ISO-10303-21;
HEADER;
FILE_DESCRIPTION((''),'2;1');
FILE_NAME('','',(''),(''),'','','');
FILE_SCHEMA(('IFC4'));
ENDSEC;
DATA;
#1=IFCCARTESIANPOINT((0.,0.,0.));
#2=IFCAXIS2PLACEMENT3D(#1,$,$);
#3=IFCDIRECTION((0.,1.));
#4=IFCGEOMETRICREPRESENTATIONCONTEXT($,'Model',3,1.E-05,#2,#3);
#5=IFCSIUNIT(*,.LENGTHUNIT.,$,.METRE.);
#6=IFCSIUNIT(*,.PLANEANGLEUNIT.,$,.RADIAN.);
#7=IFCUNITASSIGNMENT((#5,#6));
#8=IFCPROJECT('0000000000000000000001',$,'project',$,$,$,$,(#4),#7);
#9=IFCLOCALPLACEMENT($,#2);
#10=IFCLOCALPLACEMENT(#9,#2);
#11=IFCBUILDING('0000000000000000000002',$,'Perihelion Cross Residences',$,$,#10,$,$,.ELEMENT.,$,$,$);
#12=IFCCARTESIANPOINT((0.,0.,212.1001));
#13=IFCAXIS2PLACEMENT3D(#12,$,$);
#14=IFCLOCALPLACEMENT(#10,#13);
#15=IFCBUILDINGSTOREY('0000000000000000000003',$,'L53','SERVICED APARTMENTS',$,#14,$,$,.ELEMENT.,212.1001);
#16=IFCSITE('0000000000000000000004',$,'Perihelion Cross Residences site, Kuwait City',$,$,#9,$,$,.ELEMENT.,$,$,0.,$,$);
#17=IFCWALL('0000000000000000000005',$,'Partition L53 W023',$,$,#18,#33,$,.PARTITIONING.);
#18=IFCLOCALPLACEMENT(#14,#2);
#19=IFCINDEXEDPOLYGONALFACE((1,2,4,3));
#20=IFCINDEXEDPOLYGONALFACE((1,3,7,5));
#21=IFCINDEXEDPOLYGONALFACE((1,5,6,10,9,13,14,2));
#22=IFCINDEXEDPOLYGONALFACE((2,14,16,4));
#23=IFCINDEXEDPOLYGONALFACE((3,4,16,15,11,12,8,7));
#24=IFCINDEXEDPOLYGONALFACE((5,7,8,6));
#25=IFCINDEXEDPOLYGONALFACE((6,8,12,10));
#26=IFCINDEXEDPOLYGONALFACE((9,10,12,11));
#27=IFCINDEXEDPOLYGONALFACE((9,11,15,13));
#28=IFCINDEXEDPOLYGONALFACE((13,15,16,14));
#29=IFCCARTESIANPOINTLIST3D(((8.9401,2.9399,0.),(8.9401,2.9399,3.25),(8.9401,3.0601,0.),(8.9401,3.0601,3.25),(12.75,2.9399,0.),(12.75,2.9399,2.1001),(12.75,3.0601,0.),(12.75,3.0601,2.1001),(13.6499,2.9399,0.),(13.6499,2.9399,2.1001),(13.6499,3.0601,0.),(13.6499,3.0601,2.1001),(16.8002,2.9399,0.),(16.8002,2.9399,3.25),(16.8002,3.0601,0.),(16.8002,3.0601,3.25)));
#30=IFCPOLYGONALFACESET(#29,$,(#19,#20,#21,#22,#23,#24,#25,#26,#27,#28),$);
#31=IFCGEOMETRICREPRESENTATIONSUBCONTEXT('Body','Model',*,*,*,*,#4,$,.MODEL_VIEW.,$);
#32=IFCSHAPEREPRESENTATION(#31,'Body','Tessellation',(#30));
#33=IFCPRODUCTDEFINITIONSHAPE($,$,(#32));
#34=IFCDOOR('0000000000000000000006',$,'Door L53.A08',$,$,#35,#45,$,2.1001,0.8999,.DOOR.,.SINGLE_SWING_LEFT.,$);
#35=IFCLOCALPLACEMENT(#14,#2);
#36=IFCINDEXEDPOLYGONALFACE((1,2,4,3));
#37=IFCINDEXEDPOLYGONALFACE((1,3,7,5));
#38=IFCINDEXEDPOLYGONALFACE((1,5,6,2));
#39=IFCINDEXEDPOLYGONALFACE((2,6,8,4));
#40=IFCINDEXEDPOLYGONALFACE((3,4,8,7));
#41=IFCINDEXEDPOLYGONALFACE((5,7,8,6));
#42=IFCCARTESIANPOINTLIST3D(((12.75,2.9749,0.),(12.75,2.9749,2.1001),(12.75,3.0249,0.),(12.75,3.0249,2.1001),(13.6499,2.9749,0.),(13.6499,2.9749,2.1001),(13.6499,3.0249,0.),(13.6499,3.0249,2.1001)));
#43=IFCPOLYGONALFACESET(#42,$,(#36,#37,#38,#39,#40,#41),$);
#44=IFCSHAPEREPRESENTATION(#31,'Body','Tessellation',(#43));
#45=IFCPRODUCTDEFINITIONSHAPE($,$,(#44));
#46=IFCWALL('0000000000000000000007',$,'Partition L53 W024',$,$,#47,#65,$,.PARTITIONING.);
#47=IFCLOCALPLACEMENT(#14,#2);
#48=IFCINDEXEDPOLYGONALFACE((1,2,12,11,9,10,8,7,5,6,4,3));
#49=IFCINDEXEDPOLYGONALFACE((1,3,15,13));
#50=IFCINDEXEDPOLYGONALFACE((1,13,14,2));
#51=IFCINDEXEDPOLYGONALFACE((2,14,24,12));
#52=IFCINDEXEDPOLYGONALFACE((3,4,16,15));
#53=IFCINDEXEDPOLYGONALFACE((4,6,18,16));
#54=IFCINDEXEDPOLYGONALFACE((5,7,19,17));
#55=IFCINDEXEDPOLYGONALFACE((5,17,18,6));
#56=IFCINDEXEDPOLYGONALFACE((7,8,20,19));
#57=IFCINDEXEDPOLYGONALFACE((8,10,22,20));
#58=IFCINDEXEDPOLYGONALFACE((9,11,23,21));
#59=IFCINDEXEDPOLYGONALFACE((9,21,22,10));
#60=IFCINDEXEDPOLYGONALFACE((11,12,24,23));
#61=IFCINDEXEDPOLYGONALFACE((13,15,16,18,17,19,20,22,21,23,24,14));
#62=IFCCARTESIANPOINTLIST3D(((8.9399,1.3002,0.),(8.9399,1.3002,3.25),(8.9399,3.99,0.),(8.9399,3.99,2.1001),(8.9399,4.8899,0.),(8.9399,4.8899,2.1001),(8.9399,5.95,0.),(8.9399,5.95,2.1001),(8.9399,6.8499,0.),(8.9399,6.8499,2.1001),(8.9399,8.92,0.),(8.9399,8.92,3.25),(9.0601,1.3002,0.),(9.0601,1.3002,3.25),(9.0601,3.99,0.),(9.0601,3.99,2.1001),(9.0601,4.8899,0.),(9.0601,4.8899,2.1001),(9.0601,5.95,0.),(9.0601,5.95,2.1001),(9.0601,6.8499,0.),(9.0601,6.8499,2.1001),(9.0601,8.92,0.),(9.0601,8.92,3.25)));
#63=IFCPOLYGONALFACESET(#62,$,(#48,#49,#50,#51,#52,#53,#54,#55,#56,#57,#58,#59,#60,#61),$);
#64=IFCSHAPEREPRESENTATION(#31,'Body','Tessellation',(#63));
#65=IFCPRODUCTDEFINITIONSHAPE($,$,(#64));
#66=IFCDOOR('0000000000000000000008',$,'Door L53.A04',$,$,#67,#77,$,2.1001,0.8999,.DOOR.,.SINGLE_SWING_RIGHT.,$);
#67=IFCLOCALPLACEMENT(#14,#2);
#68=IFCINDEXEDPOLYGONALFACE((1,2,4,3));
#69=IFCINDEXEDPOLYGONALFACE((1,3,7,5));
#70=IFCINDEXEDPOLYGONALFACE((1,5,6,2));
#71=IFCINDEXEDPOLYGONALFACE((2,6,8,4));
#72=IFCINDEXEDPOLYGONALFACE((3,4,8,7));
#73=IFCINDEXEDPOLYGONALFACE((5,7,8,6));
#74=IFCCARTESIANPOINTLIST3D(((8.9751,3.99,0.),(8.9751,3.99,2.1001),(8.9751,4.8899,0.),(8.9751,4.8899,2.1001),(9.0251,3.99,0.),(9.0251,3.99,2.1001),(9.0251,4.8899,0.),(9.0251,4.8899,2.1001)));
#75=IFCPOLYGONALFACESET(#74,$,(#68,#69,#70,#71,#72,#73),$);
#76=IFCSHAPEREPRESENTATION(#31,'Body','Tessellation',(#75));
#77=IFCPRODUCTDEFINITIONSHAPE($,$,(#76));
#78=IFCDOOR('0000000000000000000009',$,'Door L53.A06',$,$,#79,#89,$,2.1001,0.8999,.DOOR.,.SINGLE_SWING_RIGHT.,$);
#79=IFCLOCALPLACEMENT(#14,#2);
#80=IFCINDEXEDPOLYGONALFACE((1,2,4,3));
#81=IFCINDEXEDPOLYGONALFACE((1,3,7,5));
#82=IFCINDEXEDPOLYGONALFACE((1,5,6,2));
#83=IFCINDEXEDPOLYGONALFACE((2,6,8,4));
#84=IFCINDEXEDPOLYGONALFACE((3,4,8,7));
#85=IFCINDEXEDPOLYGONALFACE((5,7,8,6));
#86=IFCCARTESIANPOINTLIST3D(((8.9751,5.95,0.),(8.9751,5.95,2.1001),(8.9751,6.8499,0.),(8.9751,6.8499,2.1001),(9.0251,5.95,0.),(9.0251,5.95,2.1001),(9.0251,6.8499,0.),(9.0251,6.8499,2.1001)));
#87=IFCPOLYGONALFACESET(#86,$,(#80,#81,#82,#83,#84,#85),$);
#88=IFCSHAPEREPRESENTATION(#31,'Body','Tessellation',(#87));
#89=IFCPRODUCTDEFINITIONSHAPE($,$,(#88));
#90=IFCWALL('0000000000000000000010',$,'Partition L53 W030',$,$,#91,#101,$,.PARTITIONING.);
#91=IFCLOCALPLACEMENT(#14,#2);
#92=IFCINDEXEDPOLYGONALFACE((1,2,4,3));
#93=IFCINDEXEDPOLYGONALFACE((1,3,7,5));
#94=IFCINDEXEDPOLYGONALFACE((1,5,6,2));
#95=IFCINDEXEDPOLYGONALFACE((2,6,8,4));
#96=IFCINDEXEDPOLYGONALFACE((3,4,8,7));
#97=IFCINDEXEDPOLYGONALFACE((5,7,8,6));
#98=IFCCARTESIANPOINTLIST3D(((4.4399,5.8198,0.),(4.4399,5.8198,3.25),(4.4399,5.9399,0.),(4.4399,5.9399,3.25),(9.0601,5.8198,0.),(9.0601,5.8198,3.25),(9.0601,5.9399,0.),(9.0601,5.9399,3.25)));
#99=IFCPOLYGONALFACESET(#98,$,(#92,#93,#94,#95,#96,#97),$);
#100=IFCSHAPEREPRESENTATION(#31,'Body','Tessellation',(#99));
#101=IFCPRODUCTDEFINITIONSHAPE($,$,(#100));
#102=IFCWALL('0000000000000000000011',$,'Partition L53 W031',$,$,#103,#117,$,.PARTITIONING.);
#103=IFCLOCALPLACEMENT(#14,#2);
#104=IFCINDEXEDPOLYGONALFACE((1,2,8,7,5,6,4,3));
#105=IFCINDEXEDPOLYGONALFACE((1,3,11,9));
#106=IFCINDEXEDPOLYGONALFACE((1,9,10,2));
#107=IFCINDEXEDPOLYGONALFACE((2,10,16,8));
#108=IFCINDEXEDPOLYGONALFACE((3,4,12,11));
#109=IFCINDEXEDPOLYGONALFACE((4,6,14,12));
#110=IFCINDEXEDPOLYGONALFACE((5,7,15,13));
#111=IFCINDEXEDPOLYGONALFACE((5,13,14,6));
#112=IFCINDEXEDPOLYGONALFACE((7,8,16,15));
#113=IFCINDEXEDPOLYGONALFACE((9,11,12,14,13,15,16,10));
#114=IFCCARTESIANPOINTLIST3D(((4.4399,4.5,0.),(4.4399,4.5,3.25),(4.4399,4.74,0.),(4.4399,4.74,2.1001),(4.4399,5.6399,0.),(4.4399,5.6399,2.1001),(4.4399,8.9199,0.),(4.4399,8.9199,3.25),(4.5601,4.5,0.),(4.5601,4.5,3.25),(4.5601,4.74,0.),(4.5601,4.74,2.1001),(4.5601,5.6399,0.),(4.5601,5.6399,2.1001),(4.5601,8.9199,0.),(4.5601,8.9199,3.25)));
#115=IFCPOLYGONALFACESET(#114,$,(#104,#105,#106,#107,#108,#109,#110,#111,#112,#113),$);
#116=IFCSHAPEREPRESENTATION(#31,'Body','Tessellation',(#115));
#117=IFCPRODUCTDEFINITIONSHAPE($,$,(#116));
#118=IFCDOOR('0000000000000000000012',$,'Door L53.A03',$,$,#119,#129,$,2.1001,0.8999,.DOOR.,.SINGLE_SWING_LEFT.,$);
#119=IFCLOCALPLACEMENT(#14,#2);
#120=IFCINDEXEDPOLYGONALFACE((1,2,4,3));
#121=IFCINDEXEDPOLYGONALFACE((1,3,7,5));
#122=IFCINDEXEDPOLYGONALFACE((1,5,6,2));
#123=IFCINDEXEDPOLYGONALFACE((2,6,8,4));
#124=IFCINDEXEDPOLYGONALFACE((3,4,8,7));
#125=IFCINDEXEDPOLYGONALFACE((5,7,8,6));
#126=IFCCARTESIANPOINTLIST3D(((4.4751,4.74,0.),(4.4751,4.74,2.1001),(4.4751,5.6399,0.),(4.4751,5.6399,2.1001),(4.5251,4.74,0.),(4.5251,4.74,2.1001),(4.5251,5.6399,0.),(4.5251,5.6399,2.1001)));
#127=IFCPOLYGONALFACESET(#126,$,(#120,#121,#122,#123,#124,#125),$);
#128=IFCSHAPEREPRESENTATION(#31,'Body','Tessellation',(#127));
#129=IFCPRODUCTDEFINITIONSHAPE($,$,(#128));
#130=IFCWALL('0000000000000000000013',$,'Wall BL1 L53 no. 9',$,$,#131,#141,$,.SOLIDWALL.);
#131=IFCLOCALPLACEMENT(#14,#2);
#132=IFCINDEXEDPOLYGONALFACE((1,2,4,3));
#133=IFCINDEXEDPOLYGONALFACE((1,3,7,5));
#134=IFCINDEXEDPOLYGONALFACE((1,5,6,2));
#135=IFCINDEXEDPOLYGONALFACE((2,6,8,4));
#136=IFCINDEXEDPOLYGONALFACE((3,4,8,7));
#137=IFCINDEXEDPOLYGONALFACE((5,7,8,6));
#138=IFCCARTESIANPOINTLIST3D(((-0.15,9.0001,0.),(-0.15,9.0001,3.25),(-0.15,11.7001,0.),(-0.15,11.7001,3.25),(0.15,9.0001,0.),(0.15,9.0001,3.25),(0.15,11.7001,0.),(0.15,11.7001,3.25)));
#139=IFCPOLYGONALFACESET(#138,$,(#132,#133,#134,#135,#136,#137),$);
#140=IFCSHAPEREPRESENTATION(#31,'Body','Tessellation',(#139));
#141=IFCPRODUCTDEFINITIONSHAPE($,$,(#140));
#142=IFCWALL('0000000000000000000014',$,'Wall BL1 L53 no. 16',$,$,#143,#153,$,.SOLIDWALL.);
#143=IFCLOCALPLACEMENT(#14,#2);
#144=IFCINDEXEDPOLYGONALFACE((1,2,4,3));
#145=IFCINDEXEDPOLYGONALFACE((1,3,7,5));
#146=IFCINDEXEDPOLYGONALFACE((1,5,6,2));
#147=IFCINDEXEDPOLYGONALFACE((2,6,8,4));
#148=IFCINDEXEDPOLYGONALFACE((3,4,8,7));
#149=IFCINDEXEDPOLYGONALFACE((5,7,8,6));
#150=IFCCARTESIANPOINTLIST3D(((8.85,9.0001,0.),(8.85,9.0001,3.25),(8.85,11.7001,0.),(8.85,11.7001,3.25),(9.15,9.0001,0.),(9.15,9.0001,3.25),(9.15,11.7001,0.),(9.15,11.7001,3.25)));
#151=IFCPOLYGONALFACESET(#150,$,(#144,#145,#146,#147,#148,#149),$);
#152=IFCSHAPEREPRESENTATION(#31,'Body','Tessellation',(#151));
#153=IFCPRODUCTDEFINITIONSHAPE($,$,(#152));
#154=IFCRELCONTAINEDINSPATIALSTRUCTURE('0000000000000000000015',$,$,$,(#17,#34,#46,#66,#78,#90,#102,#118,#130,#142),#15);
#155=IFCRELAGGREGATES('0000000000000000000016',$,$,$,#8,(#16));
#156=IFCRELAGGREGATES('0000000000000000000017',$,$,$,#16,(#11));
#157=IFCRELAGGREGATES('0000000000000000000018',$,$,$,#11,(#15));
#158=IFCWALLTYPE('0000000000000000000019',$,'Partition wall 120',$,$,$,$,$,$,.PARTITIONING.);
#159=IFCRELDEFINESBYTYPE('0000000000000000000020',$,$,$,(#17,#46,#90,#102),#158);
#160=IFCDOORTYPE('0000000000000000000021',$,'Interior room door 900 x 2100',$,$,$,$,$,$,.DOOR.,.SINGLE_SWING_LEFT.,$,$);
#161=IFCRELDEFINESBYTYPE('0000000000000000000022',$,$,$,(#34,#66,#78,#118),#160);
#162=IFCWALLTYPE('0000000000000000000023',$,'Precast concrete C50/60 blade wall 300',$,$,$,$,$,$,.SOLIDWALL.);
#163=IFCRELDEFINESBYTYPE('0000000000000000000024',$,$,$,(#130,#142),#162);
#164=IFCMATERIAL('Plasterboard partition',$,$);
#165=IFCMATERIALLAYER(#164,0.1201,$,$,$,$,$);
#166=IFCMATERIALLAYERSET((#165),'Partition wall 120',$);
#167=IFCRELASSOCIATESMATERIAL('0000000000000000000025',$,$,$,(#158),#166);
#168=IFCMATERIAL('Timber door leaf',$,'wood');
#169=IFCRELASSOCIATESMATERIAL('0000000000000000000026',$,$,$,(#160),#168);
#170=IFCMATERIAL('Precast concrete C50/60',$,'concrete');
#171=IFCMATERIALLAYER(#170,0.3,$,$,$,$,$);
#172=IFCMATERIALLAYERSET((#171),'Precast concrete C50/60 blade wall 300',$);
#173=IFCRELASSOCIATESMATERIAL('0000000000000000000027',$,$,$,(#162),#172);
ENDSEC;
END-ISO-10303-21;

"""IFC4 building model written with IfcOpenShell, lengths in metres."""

from ifc_helpers import new_model, si_unit, direction, frame, frame_2d, origin, place, context, subcontext, project, spatial, rectangle, extrude, material, layer, layer_set, type_object, element, fill, save


model = new_model("IFC4")

# Units and contexts
model_context = context("Model", 3, precision=1e-05, world=origin(), true_north=direction((0.0, 1.0)))
body_context = subcontext(model_context, "Body", "Model", "MODEL_VIEW")
ifc_project = project(units=[si_unit("LENGTHUNIT", "METRE"), si_unit("PLANEANGLEUNIT", "RADIAN")], contexts=[model_context])

# Site, building, storey
site_placement = place(None, origin())
site = spatial("IfcSite", under=ifc_project, at=site_placement, Name="Perihelion Cross Residences site, Kuwait City", CompositionType="ELEMENT", RefElevation=0.0)
building_placement = place(site_placement, origin())
building = spatial("IfcBuilding", under=site, at=building_placement, Name="Perihelion Cross Residences", CompositionType="ELEMENT")
storey_placement = place(building_placement, frame((0.0, 0.0, 212.1001)))
storey = spatial("IfcBuildingStorey", under=building, at=storey_placement, Name="L53", Description="SERVICED APARTMENTS", CompositionType="ELEMENT", Elevation=212.1001)

# Wall, opening, door
ifc_material_1 = material(Name="Plasterboard partition")
ifc_layer_1 = layer(ifc_material_1, 0.1201)
ifc_layer_set_1 = layer_set([ifc_layer_1], Name="Partition wall 120")
wall_type_1 = type_object("IfcWallType", Name="Partition wall 120", PredefinedType="PARTITIONING", material=ifc_layer_set_1)
wall_1_placement = place(storey_placement, frame((8.9399, 3.0, 0.0), z_axis=(0.0, 0.0, 1.0), x_axis=(1.0, 0.0, 0.0)))
wall_1 = element("IfcWall", 1, at=wall_1_placement, inside=storey, type_object=wall_type_1, Name="Partition L53 W023", PredefinedType="PARTITIONING", context=body_context, shape_type="SweptSolid", body=[
    extrude(rectangle(XDim=7.8601, YDim=0.1201, at=frame_2d((3.9302, 0.0))), origin(), (0.0, 0.0, 1.0), 3.25),
])
opening_1_placement = place(wall_1_placement, frame((3.8101, 0.0, 0.0)))
opening_1 = element("IfcOpeningElement", 2, at=opening_1_placement, cuts=wall_1, PredefinedType="OPENING", context=body_context, shape_type="SweptSolid", body=[
    extrude(rectangle(XDim=0.8999, YDim=2.1001, at=frame_2d((0.45, 1.05))), frame((0.0, 0.0701, 0.0), z_axis=(0.0, -1.0, 0.0), x_axis=(1.0, 0.0, 0.0)), (0.0, 0.0, 1.0), 0.1401),
])
ifc_material_2 = material(Name="Timber door leaf", Category="wood")
door_type_1 = type_object("IfcDoorType", Name="Interior room door 900 x 2100", OperationType="SINGLE_SWING_LEFT", PredefinedType="DOOR", material=ifc_material_2)
door_1_placement = place(opening_1_placement, origin())
door_1 = element("IfcDoor", 3, at=door_1_placement, inside=storey, type_object=door_type_1, Name="Door L53.A08", OperationType="SINGLE_SWING_LEFT", OverallHeight=2.1001, OverallWidth=0.8999, PredefinedType="DOOR", context=body_context, shape_type="SweptSolid", body=[
    extrude(rectangle(XDim=0.8999, YDim=2.1001, at=frame_2d((0.45, 1.05))), frame((0.0, 0.0249, 0.0), z_axis=(0.0, -1.0, 0.0), x_axis=(1.0, 0.0, 0.0)), (0.0, 0.0, 1.0), 0.05),
])
fill(opening_1, door_1)

# Wall, openings, doors
wall_2_placement = place(storey_placement, frame((9.0, 1.3, 0.0), z_axis=(0.0, 0.0, 1.0), x_axis=(0.0, 1.0, 0.0)))
wall_2 = element("IfcWall", 4, at=wall_2_placement, inside=storey, type_object=wall_type_1, Name="Partition L53 W024", PredefinedType="PARTITIONING", context=body_context, shape_type="SweptSolid", body=[
    extrude(rectangle(XDim=7.6199, YDim=0.1201, at=frame_2d((3.8101, 0.0))), origin(), (0.0, 0.0, 1.0), 3.25),
])
opening_2_placement = place(wall_2_placement, frame((2.6899, 0.0, 0.0)))
opening_2 = element("IfcOpeningElement", 5, at=opening_2_placement, cuts=wall_2, PredefinedType="OPENING", context=body_context, shape_type="SweptSolid", body=[
    extrude(rectangle(XDim=0.8999, YDim=2.1001, at=frame_2d((0.45, 1.05))), frame((0.0, 0.0701, 0.0), z_axis=(0.0, -1.0, 0.0), x_axis=(1.0, 0.0, 0.0)), (0.0, 0.0, 1.0), 0.1401),
])
opening_3_placement = place(wall_2_placement, frame((4.6499, 0.0, 0.0)))
opening_3 = element("IfcOpeningElement", 6, at=opening_3_placement, cuts=wall_2, PredefinedType="OPENING", context=body_context, shape_type="SweptSolid", body=[
    extrude(rectangle(XDim=0.8999, YDim=2.1001, at=frame_2d((0.45, 1.05))), frame((0.0, 0.0701, 0.0), z_axis=(0.0, -1.0, 0.0), x_axis=(1.0, 0.0, 0.0)), (0.0, 0.0, 1.0), 0.1401),
])
door_2_placement = place(opening_2_placement, origin())
door_2 = element("IfcDoor", 7, at=door_2_placement, inside=storey, type_object=door_type_1, Name="Door L53.A04", OperationType="SINGLE_SWING_RIGHT", OverallHeight=2.1001, OverallWidth=0.8999, PredefinedType="DOOR", context=body_context, shape_type="SweptSolid", body=[
    extrude(rectangle(XDim=0.8999, YDim=2.1001, at=frame_2d((0.45, 1.05))), frame((0.0, 0.0249, 0.0), z_axis=(0.0, -1.0, 0.0), x_axis=(1.0, 0.0, 0.0)), (0.0, 0.0, 1.0), 0.05),
])
fill(opening_2, door_2)
door_3_placement = place(opening_3_placement, origin())
door_3 = element("IfcDoor", 8, at=door_3_placement, inside=storey, type_object=door_type_1, Name="Door L53.A06", OperationType="SINGLE_SWING_RIGHT", OverallHeight=2.1001, OverallWidth=0.8999, PredefinedType="DOOR", context=body_context, shape_type="SweptSolid", body=[
    extrude(rectangle(XDim=0.8999, YDim=2.1001, at=frame_2d((0.45, 1.05))), frame((0.0, 0.0249, 0.0), z_axis=(0.0, -1.0, 0.0), x_axis=(1.0, 0.0, 0.0)), (0.0, 0.0, 1.0), 0.05),
])
fill(opening_3, door_3)

# Wall
wall_3_placement = place(storey_placement, frame((4.4399, 5.8799, 0.0), z_axis=(0.0, 0.0, 1.0), x_axis=(1.0, 0.0, 0.0)))
element("IfcWall", 9, at=wall_3_placement, inside=storey, type_object=wall_type_1, Name="Partition L53 W030", PredefinedType="PARTITIONING", context=body_context, shape_type="SweptSolid", body=[
    extrude(rectangle(XDim=4.6201, YDim=0.1201, at=frame_2d((2.3101, 0.0))), origin(), (0.0, 0.0, 1.0), 3.25),
])

# Wall, opening, door
wall_4_placement = place(storey_placement, frame((4.5, 4.5, 0.0), z_axis=(0.0, 0.0, 1.0), x_axis=(0.0, 1.0, 0.0)))
wall_4 = element("IfcWall", 10, at=wall_4_placement, inside=storey, type_object=wall_type_1, Name="Partition L53 W031", PredefinedType="PARTITIONING", context=body_context, shape_type="SweptSolid", body=[
    extrude(rectangle(XDim=4.4199, YDim=0.1201, at=frame_2d((2.21, 0.0))), origin(), (0.0, 0.0, 1.0), 3.25),
])
opening_4_placement = place(wall_4_placement, frame((0.24, 0.0, 0.0)))
opening_4 = element("IfcOpeningElement", 11, at=opening_4_placement, cuts=wall_4, PredefinedType="OPENING", context=body_context, shape_type="SweptSolid", body=[
    extrude(rectangle(XDim=0.8999, YDim=2.1001, at=frame_2d((0.45, 1.05))), frame((0.0, 0.0701, 0.0), z_axis=(0.0, -1.0, 0.0), x_axis=(1.0, 0.0, 0.0)), (0.0, 0.0, 1.0), 0.1401),
])
door_4_placement = place(opening_4_placement, origin())
door_4 = element("IfcDoor", 12, at=door_4_placement, inside=storey, type_object=door_type_1, Name="Door L53.A03", OperationType="SINGLE_SWING_LEFT", OverallHeight=2.1001, OverallWidth=0.8999, PredefinedType="DOOR", context=body_context, shape_type="SweptSolid", body=[
    extrude(rectangle(XDim=0.8999, YDim=2.1001, at=frame_2d((0.45, 1.05))), frame((0.0, 0.0249, 0.0), z_axis=(0.0, -1.0, 0.0), x_axis=(1.0, 0.0, 0.0)), (0.0, 0.0, 1.0), 0.05),
])
fill(opening_4, door_4)

# Walls
ifc_material_3 = material(Name="Precast concrete C50/60", Category="concrete")
ifc_layer_2 = layer(ifc_material_3, 0.3)
ifc_layer_set_2 = layer_set([ifc_layer_2], Name="Precast concrete C50/60 blade wall 300")
wall_type_2 = type_object("IfcWallType", Name="Precast concrete C50/60 blade wall 300", PredefinedType="SOLIDWALL", material=ifc_layer_set_2)
for number, where, z_axis, x_axis, name in (
    (13, (0.0, 9.0, 0.0), (0.0, 0.0, 1.0), (0.0, 1.0, 0.0), "Wall BL1 L53 no. 9"),
    (14, (9.0, 9.0, 0.0), (0.0, 0.0, 1.0), (0.0, 1.0, 0.0), "Wall BL1 L53 no. 16"),
):
    element("IfcWall", number, at=place(storey_placement, frame(where, z_axis=z_axis, x_axis=x_axis)), inside=storey, type_object=wall_type_2, Name=name, PredefinedType="SOLIDWALL", context=body_context, shape_type="SweptSolid", body=[
        extrude(rectangle(XDim=2.7, YDim=0.3, at=frame_2d((1.3501, 0.0))), origin(), (0.0, 0.0, 1.0), 3.25),
    ])

save(model, "model.ifc")
